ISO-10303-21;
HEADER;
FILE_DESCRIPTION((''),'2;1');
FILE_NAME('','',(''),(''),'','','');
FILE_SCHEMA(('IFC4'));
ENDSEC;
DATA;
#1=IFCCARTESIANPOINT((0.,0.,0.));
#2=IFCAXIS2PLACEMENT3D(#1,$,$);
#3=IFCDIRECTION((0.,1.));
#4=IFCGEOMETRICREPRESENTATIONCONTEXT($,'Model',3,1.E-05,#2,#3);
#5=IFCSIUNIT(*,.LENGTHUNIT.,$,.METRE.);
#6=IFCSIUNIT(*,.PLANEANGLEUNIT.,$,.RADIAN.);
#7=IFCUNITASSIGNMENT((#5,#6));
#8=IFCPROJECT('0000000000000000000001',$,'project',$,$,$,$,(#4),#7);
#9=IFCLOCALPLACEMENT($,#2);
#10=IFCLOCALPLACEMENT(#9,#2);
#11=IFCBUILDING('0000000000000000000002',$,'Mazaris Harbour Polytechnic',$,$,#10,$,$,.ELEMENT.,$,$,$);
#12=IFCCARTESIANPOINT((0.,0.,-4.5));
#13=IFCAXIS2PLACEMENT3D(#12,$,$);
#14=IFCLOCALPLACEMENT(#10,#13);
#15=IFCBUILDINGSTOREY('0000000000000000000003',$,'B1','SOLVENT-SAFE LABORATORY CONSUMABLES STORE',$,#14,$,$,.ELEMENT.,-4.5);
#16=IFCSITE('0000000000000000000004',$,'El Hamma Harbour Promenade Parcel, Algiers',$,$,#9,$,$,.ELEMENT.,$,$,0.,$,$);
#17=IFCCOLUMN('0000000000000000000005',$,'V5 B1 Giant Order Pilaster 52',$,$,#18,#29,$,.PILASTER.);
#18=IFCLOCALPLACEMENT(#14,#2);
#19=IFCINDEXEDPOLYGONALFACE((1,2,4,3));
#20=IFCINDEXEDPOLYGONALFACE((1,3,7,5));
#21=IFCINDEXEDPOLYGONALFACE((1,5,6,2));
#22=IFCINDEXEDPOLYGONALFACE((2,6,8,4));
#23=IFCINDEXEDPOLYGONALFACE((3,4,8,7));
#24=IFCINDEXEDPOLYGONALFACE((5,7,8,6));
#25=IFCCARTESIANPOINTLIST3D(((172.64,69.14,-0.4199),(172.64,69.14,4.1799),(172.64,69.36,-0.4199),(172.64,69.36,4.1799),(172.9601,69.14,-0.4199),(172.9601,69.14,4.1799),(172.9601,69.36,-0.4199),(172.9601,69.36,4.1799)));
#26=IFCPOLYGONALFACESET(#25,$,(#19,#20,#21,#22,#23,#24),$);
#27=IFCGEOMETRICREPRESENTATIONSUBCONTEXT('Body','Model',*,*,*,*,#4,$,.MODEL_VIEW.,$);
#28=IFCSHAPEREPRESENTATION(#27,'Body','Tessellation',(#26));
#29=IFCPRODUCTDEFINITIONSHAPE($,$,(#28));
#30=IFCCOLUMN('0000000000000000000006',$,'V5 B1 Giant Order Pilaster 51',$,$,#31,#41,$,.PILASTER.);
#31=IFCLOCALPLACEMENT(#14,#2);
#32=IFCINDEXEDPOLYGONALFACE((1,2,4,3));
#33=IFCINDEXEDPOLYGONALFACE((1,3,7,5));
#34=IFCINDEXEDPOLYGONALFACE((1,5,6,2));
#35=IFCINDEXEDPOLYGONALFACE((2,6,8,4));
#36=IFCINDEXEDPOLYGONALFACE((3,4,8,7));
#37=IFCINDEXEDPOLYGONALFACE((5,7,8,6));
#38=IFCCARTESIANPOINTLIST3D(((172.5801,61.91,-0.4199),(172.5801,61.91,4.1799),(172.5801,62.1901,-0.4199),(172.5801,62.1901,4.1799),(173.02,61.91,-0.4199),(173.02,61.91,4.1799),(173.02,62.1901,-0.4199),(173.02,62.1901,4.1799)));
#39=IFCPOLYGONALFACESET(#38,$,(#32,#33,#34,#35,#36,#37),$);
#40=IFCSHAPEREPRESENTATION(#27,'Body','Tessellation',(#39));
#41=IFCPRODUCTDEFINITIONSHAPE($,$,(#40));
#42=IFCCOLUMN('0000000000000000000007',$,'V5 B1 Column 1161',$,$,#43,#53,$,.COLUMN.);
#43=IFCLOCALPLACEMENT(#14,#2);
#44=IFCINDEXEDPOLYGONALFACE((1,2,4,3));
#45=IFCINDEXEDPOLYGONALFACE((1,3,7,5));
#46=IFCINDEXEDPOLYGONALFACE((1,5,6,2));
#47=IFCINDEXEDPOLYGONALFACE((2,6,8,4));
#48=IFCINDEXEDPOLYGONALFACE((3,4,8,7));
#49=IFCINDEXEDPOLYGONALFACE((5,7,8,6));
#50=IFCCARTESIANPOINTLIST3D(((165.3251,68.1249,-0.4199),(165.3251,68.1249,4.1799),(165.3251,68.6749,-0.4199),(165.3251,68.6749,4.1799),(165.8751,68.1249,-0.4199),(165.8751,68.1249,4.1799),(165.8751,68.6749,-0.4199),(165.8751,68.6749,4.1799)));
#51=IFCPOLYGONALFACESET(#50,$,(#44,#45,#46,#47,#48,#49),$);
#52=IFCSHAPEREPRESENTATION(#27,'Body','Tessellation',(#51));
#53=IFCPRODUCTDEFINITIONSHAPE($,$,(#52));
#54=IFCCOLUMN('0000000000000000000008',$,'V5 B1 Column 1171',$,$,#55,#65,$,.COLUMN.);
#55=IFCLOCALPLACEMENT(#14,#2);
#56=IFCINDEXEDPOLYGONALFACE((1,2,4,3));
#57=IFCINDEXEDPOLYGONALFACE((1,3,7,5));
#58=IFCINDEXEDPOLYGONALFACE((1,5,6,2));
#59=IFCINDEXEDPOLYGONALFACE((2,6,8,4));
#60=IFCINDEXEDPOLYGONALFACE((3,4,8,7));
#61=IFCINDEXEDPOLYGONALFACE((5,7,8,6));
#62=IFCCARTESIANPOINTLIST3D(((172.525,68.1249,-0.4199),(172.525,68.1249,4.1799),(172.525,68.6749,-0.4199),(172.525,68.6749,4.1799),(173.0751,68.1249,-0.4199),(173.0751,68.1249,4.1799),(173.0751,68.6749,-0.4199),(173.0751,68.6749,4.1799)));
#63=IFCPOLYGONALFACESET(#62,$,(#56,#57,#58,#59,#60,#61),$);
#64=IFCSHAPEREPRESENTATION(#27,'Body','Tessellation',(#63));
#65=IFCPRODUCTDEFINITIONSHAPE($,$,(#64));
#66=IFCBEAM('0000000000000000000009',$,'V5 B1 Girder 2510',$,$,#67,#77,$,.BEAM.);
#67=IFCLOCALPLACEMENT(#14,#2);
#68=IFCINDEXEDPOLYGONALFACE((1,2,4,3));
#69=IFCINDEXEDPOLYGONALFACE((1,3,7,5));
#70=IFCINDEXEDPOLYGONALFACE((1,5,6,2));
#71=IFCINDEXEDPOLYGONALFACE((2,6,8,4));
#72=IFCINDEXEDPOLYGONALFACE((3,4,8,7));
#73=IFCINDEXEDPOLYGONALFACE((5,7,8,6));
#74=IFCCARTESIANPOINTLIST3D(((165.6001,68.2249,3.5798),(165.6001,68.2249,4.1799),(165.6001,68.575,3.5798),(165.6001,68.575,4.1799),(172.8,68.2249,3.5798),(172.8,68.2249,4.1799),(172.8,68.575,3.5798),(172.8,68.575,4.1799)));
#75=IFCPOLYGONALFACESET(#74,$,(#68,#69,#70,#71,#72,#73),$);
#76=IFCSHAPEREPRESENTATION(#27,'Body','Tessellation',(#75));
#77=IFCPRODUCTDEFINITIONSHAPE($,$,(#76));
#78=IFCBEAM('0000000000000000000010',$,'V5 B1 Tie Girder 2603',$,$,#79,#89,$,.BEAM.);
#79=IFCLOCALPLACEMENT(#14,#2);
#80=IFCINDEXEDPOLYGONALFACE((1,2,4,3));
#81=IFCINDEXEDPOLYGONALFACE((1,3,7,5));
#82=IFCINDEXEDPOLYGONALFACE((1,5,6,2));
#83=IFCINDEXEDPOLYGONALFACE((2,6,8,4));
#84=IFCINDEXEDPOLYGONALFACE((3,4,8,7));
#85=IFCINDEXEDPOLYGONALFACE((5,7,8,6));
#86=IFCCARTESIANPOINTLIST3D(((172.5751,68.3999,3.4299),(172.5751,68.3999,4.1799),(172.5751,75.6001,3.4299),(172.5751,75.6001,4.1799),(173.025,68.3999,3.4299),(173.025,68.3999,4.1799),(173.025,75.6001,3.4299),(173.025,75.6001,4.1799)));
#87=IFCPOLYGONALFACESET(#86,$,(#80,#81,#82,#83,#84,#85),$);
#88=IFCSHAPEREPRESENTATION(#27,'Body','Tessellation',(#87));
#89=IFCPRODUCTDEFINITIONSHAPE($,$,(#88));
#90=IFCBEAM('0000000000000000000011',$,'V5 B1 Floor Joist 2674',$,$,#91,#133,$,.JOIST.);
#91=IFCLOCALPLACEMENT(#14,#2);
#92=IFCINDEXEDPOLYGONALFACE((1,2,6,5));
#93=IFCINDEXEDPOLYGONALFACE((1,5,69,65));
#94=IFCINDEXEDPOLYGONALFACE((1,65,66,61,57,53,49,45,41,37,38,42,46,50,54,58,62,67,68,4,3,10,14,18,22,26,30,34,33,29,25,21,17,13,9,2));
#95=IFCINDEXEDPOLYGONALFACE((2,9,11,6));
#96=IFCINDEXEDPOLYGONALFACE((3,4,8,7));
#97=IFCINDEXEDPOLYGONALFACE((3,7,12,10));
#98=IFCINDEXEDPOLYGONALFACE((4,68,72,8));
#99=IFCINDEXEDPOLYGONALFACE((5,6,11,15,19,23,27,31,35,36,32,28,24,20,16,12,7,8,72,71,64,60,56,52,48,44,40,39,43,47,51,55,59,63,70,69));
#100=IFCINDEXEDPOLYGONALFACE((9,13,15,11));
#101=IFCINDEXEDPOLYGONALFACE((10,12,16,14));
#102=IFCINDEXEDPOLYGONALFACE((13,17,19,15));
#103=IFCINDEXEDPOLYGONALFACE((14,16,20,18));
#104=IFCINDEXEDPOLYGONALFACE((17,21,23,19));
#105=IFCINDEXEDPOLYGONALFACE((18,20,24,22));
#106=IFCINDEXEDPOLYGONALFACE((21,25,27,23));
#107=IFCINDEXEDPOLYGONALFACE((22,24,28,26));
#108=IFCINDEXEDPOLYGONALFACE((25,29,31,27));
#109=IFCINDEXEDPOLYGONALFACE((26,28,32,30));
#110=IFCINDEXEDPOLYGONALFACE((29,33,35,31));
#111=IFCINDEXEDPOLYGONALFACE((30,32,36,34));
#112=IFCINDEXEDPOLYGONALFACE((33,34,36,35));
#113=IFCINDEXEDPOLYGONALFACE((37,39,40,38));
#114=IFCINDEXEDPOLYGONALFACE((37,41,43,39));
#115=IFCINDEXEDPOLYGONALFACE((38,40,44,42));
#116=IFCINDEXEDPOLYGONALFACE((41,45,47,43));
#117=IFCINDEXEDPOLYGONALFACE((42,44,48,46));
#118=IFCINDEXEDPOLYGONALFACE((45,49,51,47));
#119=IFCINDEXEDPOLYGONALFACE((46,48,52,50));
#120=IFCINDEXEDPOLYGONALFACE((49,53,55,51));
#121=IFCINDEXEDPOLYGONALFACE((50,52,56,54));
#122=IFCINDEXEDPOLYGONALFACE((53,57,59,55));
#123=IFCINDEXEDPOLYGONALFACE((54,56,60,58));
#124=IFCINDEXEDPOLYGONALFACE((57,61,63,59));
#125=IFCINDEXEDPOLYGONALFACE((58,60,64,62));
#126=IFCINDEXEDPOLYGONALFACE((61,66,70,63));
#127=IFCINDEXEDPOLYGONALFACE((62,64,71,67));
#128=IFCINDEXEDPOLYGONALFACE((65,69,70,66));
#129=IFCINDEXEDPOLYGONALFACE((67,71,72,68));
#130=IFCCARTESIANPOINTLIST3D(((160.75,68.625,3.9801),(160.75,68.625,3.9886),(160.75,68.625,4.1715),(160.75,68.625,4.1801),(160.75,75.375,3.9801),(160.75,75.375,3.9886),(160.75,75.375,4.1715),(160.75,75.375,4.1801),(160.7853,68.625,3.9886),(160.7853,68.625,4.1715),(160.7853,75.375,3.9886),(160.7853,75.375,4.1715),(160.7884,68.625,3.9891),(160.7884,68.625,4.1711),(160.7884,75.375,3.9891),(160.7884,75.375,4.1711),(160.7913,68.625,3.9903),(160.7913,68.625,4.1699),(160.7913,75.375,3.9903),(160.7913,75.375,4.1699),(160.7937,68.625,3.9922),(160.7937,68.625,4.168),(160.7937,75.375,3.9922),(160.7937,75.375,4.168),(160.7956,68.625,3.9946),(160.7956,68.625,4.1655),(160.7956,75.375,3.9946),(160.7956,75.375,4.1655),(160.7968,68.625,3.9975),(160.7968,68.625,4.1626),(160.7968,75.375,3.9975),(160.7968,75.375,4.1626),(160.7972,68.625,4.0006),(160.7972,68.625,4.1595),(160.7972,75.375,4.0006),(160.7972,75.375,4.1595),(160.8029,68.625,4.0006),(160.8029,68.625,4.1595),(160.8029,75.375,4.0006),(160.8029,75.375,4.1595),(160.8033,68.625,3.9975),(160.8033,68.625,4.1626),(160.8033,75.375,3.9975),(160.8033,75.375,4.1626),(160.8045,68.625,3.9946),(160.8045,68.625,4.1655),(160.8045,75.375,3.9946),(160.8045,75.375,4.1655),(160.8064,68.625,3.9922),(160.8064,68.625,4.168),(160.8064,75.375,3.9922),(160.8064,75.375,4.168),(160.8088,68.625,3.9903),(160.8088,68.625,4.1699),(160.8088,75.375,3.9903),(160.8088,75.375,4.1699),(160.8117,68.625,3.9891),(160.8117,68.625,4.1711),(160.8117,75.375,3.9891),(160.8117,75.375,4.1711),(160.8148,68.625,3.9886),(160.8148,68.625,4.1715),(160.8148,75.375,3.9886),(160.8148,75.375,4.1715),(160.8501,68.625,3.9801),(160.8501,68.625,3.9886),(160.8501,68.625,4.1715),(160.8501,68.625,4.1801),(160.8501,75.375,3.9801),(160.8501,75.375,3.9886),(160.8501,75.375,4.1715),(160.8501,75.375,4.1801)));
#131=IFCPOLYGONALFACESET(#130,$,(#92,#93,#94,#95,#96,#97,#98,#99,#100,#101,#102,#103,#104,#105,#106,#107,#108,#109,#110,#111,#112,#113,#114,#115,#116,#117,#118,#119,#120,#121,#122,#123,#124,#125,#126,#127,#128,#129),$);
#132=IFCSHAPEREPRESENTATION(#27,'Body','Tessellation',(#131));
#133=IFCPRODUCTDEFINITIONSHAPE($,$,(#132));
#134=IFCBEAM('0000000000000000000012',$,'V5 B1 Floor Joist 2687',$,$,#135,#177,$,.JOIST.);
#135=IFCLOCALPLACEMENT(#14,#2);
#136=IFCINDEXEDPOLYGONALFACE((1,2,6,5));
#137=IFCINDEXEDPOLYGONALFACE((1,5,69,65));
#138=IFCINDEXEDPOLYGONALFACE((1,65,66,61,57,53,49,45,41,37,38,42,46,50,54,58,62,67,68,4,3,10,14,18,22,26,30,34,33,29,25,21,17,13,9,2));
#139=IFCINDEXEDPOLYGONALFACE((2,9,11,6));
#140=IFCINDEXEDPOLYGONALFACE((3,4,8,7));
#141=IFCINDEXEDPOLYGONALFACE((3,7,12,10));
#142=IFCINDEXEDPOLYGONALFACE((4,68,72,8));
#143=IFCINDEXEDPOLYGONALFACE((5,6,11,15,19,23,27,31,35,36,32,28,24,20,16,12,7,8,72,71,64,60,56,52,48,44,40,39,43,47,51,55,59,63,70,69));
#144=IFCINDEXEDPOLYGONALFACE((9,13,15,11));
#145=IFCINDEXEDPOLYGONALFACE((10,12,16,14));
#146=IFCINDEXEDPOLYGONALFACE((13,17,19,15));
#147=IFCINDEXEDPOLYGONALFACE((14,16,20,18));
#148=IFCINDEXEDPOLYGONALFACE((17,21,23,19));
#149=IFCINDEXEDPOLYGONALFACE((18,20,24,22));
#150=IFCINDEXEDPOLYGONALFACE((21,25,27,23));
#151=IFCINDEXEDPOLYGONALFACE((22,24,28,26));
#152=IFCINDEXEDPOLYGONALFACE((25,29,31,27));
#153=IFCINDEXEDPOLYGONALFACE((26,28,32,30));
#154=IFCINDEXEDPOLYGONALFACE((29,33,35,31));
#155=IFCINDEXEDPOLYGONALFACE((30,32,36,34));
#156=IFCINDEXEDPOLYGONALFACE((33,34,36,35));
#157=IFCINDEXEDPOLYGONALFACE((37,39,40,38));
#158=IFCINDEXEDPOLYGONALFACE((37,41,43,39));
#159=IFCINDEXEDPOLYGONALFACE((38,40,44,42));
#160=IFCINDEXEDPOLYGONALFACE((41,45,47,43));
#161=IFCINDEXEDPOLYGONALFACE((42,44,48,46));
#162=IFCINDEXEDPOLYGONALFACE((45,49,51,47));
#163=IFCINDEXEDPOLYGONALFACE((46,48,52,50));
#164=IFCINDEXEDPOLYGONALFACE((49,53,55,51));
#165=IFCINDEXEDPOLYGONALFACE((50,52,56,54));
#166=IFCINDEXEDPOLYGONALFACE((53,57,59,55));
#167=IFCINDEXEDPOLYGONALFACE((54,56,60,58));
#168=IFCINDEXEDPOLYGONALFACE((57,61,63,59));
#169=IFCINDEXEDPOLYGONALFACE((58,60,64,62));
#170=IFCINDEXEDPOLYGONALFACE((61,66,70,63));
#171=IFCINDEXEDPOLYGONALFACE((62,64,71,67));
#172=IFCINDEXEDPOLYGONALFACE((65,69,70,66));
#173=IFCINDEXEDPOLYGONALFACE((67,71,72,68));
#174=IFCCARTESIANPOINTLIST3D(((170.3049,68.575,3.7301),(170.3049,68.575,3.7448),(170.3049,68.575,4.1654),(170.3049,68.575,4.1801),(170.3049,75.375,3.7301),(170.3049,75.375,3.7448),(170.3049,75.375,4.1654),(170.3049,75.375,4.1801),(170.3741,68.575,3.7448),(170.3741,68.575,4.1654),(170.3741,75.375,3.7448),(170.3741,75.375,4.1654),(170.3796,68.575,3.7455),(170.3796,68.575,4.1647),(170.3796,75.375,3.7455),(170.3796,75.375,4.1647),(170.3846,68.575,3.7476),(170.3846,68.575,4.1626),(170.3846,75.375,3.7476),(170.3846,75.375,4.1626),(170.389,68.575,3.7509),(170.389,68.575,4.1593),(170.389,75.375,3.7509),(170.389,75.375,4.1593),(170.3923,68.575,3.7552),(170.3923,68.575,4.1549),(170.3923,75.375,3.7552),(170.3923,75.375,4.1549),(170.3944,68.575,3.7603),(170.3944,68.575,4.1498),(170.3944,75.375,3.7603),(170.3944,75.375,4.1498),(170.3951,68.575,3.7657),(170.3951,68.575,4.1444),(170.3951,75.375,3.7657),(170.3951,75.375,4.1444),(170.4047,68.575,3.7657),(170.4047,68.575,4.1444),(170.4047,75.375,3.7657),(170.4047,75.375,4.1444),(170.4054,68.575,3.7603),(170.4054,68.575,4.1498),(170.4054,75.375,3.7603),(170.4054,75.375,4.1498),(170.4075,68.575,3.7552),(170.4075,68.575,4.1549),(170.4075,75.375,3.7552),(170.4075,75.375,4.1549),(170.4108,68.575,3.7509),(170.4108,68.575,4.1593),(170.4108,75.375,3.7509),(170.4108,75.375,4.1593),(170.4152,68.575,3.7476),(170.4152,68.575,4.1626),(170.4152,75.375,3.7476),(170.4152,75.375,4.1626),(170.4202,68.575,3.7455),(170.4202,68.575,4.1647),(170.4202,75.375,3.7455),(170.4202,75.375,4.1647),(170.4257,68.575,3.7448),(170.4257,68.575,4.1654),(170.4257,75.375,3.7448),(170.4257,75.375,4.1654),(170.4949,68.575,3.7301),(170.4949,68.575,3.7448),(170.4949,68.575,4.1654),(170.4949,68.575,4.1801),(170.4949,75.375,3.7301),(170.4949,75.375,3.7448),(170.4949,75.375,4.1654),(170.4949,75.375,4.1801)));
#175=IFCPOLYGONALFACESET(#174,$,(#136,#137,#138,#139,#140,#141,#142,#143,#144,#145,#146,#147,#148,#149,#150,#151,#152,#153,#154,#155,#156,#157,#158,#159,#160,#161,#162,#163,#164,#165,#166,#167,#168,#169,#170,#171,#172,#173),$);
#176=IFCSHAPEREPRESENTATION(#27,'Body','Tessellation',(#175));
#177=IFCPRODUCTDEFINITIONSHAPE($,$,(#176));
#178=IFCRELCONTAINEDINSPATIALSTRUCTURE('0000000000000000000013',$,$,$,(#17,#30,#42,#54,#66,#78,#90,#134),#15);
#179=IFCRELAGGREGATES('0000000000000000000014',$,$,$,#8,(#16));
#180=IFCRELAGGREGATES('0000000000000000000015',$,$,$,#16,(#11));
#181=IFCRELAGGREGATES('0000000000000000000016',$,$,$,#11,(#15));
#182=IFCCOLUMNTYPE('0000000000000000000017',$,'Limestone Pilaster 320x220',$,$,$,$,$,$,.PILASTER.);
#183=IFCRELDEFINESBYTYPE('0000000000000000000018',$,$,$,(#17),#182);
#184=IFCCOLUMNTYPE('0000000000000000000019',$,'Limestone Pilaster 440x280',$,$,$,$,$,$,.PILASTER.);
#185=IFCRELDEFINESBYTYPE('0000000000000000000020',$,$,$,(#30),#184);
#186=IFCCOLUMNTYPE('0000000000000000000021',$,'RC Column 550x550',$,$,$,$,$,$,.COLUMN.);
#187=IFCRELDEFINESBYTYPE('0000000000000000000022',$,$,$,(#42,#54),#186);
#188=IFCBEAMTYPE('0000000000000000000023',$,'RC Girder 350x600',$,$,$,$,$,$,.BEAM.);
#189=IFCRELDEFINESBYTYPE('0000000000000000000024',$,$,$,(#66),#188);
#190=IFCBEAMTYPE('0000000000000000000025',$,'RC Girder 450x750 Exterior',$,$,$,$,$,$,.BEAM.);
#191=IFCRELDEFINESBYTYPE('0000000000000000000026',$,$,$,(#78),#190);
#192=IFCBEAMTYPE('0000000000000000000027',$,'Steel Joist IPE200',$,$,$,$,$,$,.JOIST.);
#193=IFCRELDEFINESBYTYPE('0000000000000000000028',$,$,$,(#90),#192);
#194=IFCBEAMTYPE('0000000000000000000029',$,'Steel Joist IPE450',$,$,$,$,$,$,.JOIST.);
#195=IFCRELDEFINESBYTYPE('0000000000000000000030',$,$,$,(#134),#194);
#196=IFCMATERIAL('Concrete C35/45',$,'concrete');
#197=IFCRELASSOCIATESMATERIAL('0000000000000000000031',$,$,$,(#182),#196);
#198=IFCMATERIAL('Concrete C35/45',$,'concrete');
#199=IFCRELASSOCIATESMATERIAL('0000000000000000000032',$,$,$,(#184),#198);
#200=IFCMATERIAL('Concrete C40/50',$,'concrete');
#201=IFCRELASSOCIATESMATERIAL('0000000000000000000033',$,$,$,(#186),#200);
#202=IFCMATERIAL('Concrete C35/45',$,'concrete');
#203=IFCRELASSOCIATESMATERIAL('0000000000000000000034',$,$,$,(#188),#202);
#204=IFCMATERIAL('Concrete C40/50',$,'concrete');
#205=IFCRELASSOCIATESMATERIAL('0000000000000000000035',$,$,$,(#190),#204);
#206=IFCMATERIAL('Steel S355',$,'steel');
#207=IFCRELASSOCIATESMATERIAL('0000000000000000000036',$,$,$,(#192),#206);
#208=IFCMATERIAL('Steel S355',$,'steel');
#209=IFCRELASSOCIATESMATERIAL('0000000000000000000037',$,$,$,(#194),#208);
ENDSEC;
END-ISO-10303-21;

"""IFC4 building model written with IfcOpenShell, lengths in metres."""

from ifc_helpers import new_model, si_unit, direction, frame, origin, origin_2d, place, context, subcontext, project, spatial, rectangle, i_section, extrude, material, material_profile, profile_set, type_object, element, save


model = new_model("IFC4")

# Units and contexts
model_context = context("Model", 3, precision=1e-05, world=origin(), true_north=direction((0.0, 1.0)))
body_context = subcontext(model_context, "Body", "Model", "MODEL_VIEW")
ifc_project = project(units=[si_unit("LENGTHUNIT", "METRE"), si_unit("PLANEANGLEUNIT", "RADIAN")], contexts=[model_context])

# Site, building, storey
site_placement = place(None, origin())
site = spatial("IfcSite", under=ifc_project, at=site_placement, Name="El Hamma Harbour Promenade Parcel, Algiers", CompositionType="ELEMENT", RefElevation=0.0)
building_placement = place(site_placement, origin())
building = spatial("IfcBuilding", under=site, at=building_placement, Name="Mazaris Harbour Polytechnic", CompositionType="ELEMENT")
storey_placement = place(building_placement, frame((0.0, 0.0, -4.5)))
storey = spatial("IfcBuildingStorey", under=building, at=storey_placement, Name="B1", Description="SOLVENT-SAFE LABORATORY CONSUMABLES STORE", CompositionType="ELEMENT", Elevation=-4.5)

# Columns
ifc_material_1 = material(Name="Concrete C35/45", Category="concrete")
ifc_material_profile_1 = material_profile(ifc_material_1, rectangle(XDim=0.3201, YDim=0.22, at=origin_2d()), Name="RECT320x220")
ifc_profile_set_1 = profile_set([ifc_material_profile_1], Name="Concrete C35/45")
column_type_1 = type_object("IfcColumnType", Name="Limestone Pilaster 320x220", PredefinedType="PILASTER", material=ifc_profile_set_1)
column_1_placement = place(storey_placement, frame((172.8, 69.25, -0.4199), z_axis=(0.0, 0.0, 1.0), x_axis=(1.0, 0.0, 0.0)))
element("IfcColumn", 1, at=column_1_placement, inside=storey, type_object=column_type_1, Name="V5 B1 Giant Order Pilaster 52", PredefinedType="PILASTER", context=body_context, shape_type="SweptSolid", body=[
    extrude(rectangle(XDim=0.3201, YDim=0.22, at=origin_2d()), origin(), (0.0, 0.0, 1.0), 4.5999),
])
ifc_material_2 = material(Name="Concrete C35/45", Category="concrete")
ifc_material_profile_2 = material_profile(ifc_material_2, rectangle(XDim=0.4399, YDim=0.28, at=origin_2d()), Name="RECT440x280")
ifc_profile_set_2 = profile_set([ifc_material_profile_2], Name="Concrete C35/45")
column_type_2 = type_object("IfcColumnType", Name="Limestone Pilaster 440x280", PredefinedType="PILASTER", material=ifc_profile_set_2)
column_2_placement = place(storey_placement, frame((172.8, 62.05, -0.4199), z_axis=(0.0, 0.0, 1.0), x_axis=(1.0, 0.0, 0.0)))
element("IfcColumn", 2, at=column_2_placement, inside=storey, type_object=column_type_2, Name="V5 B1 Giant Order Pilaster 51", PredefinedType="PILASTER", context=body_context, shape_type="SweptSolid", body=[
    extrude(rectangle(XDim=0.4399, YDim=0.28, at=origin_2d()), origin(), (0.0, 0.0, 1.0), 4.5999),
])
ifc_material_3 = material(Name="Concrete C40/50", Category="concrete")
ifc_material_profile_3 = material_profile(ifc_material_3, rectangle(XDim=0.55, YDim=0.55, at=origin_2d()), Name="RECT550x550")
ifc_profile_set_3 = profile_set([ifc_material_profile_3], Name="Concrete C40/50")
column_type_3 = type_object("IfcColumnType", Name="RC Column 550x550", PredefinedType="COLUMN", material=ifc_profile_set_3)
for number, where, z_axis, x_axis, name in (
    (3, (165.6001, 68.3999, -0.4199), (0.0, 0.0, 1.0), (1.0, 0.0, 0.0), "V5 B1 Column 1161"),
    (4, (172.8, 68.3999, -0.4199), (0.0, 0.0, 1.0), (1.0, 0.0, 0.0), "V5 B1 Column 1171"),
):
    element("IfcColumn", number, at=place(storey_placement, frame(where, z_axis=z_axis, x_axis=x_axis)), inside=storey, type_object=column_type_3, Name=name, PredefinedType="COLUMN", context=body_context, shape_type="SweptSolid", body=[
        extrude(rectangle(XDim=0.55, YDim=0.55, at=origin_2d()), origin(), (0.0, 0.0, 1.0), 4.5999),
    ])

# Beams
ifc_material_4 = material(Name="Concrete C35/45", Category="concrete")
ifc_material_profile_4 = material_profile(ifc_material_4, rectangle(XDim=0.3501, YDim=0.6001, at=origin_2d()), Name="RECT350x600")
ifc_profile_set_4 = profile_set([ifc_material_profile_4], Name="Concrete C35/45")
beam_type_1 = type_object("IfcBeamType", Name="RC Girder 350x600", PredefinedType="BEAM", material=ifc_profile_set_4)
beam_1_placement = place(storey_placement, frame((165.6001, 68.3999, 3.8799), z_axis=(1.0, 0.0, 0.0), x_axis=(0.0, 1.0, 0.0)))
element("IfcBeam", 5, at=beam_1_placement, inside=storey, type_object=beam_type_1, Name="V5 B1 Girder 2510", PredefinedType="BEAM", context=body_context, shape_type="SweptSolid", body=[
    extrude(rectangle(XDim=0.3501, YDim=0.6001, at=origin_2d()), origin(), (0.0, 0.0, 1.0), 7.2),
])
ifc_material_5 = material(Name="Concrete C40/50", Category="concrete")
ifc_material_profile_5 = material_profile(ifc_material_5, rectangle(XDim=0.45, YDim=0.75, at=origin_2d()), Name="RECT450x750")
ifc_profile_set_5 = profile_set([ifc_material_profile_5], Name="Concrete C40/50")
beam_type_2 = type_object("IfcBeamType", Name="RC Girder 450x750 Exterior", PredefinedType="BEAM", material=ifc_profile_set_5)
beam_2_placement = place(storey_placement, frame((172.8, 68.3999, 3.8049), z_axis=(0.0, 1.0, 0.0), x_axis=(-1.0, 0.0, 0.0)))
element("IfcBeam", 6, at=beam_2_placement, inside=storey, type_object=beam_type_2, Name="V5 B1 Tie Girder 2603", PredefinedType="BEAM", context=body_context, shape_type="SweptSolid", body=[
    extrude(rectangle(XDim=0.45, YDim=0.75, at=origin_2d()), origin(), (0.0, 0.0, 1.0), 7.2002),
])
ifc_material_6 = material(Name="Steel S355", Category="steel")
ifc_material_profile_6 = material_profile(ifc_material_6, i_section(OverallWidth=0.1001, OverallDepth=0.2, WebThickness=0.0056, FlangeThickness=0.0085, FilletRadius=0.012, at=origin_2d()), Name="IPE 200")
ifc_profile_set_6 = profile_set([ifc_material_profile_6], Name="Steel S355")
beam_type_3 = type_object("IfcBeamType", Name="Steel Joist IPE200", PredefinedType="JOIST", material=ifc_profile_set_6)
beam_3_placement = place(storey_placement, frame((160.8, 68.625, 4.0801), z_axis=(0.0, 1.0, 0.0), x_axis=(-1.0, 0.0, 0.0)))
element("IfcBeam", 7, at=beam_3_placement, inside=storey, type_object=beam_type_3, Name="V5 B1 Floor Joist 2674", PredefinedType="JOIST", context=body_context, shape_type="SweptSolid", body=[
    extrude(i_section(OverallWidth=0.1001, OverallDepth=0.2, WebThickness=0.0056, FlangeThickness=0.0085, FilletRadius=0.012, at=origin_2d()), origin(), (0.0, 0.0, 1.0), 6.75),
])
ifc_material_7 = material(Name="Steel S355", Category="steel")
ifc_material_profile_7 = material_profile(ifc_material_7, i_section(OverallWidth=0.1899, OverallDepth=0.45, WebThickness=0.0095, FlangeThickness=0.0146, FilletRadius=0.021, at=origin_2d()), Name="IPE 450")
ifc_profile_set_7 = profile_set([ifc_material_profile_7], Name="Steel S355")
beam_type_4 = type_object("IfcBeamType", Name="Steel Joist IPE450", PredefinedType="JOIST", material=ifc_profile_set_7)
beam_4_placement = place(storey_placement, frame((170.3999, 68.575, 3.9551), z_axis=(0.0, 1.0, 0.0), x_axis=(-1.0, 0.0, 0.0)))
element("IfcBeam", 8, at=beam_4_placement, inside=storey, type_object=beam_type_4, Name="V5 B1 Floor Joist 2687", PredefinedType="JOIST", context=body_context, shape_type="SweptSolid", body=[
    extrude(i_section(OverallWidth=0.1899, OverallDepth=0.45, WebThickness=0.0095, FlangeThickness=0.0146, FilletRadius=0.021, at=origin_2d()), origin(), (0.0, 0.0, 1.0), 6.8),
])

save(model, "model.ifc")
